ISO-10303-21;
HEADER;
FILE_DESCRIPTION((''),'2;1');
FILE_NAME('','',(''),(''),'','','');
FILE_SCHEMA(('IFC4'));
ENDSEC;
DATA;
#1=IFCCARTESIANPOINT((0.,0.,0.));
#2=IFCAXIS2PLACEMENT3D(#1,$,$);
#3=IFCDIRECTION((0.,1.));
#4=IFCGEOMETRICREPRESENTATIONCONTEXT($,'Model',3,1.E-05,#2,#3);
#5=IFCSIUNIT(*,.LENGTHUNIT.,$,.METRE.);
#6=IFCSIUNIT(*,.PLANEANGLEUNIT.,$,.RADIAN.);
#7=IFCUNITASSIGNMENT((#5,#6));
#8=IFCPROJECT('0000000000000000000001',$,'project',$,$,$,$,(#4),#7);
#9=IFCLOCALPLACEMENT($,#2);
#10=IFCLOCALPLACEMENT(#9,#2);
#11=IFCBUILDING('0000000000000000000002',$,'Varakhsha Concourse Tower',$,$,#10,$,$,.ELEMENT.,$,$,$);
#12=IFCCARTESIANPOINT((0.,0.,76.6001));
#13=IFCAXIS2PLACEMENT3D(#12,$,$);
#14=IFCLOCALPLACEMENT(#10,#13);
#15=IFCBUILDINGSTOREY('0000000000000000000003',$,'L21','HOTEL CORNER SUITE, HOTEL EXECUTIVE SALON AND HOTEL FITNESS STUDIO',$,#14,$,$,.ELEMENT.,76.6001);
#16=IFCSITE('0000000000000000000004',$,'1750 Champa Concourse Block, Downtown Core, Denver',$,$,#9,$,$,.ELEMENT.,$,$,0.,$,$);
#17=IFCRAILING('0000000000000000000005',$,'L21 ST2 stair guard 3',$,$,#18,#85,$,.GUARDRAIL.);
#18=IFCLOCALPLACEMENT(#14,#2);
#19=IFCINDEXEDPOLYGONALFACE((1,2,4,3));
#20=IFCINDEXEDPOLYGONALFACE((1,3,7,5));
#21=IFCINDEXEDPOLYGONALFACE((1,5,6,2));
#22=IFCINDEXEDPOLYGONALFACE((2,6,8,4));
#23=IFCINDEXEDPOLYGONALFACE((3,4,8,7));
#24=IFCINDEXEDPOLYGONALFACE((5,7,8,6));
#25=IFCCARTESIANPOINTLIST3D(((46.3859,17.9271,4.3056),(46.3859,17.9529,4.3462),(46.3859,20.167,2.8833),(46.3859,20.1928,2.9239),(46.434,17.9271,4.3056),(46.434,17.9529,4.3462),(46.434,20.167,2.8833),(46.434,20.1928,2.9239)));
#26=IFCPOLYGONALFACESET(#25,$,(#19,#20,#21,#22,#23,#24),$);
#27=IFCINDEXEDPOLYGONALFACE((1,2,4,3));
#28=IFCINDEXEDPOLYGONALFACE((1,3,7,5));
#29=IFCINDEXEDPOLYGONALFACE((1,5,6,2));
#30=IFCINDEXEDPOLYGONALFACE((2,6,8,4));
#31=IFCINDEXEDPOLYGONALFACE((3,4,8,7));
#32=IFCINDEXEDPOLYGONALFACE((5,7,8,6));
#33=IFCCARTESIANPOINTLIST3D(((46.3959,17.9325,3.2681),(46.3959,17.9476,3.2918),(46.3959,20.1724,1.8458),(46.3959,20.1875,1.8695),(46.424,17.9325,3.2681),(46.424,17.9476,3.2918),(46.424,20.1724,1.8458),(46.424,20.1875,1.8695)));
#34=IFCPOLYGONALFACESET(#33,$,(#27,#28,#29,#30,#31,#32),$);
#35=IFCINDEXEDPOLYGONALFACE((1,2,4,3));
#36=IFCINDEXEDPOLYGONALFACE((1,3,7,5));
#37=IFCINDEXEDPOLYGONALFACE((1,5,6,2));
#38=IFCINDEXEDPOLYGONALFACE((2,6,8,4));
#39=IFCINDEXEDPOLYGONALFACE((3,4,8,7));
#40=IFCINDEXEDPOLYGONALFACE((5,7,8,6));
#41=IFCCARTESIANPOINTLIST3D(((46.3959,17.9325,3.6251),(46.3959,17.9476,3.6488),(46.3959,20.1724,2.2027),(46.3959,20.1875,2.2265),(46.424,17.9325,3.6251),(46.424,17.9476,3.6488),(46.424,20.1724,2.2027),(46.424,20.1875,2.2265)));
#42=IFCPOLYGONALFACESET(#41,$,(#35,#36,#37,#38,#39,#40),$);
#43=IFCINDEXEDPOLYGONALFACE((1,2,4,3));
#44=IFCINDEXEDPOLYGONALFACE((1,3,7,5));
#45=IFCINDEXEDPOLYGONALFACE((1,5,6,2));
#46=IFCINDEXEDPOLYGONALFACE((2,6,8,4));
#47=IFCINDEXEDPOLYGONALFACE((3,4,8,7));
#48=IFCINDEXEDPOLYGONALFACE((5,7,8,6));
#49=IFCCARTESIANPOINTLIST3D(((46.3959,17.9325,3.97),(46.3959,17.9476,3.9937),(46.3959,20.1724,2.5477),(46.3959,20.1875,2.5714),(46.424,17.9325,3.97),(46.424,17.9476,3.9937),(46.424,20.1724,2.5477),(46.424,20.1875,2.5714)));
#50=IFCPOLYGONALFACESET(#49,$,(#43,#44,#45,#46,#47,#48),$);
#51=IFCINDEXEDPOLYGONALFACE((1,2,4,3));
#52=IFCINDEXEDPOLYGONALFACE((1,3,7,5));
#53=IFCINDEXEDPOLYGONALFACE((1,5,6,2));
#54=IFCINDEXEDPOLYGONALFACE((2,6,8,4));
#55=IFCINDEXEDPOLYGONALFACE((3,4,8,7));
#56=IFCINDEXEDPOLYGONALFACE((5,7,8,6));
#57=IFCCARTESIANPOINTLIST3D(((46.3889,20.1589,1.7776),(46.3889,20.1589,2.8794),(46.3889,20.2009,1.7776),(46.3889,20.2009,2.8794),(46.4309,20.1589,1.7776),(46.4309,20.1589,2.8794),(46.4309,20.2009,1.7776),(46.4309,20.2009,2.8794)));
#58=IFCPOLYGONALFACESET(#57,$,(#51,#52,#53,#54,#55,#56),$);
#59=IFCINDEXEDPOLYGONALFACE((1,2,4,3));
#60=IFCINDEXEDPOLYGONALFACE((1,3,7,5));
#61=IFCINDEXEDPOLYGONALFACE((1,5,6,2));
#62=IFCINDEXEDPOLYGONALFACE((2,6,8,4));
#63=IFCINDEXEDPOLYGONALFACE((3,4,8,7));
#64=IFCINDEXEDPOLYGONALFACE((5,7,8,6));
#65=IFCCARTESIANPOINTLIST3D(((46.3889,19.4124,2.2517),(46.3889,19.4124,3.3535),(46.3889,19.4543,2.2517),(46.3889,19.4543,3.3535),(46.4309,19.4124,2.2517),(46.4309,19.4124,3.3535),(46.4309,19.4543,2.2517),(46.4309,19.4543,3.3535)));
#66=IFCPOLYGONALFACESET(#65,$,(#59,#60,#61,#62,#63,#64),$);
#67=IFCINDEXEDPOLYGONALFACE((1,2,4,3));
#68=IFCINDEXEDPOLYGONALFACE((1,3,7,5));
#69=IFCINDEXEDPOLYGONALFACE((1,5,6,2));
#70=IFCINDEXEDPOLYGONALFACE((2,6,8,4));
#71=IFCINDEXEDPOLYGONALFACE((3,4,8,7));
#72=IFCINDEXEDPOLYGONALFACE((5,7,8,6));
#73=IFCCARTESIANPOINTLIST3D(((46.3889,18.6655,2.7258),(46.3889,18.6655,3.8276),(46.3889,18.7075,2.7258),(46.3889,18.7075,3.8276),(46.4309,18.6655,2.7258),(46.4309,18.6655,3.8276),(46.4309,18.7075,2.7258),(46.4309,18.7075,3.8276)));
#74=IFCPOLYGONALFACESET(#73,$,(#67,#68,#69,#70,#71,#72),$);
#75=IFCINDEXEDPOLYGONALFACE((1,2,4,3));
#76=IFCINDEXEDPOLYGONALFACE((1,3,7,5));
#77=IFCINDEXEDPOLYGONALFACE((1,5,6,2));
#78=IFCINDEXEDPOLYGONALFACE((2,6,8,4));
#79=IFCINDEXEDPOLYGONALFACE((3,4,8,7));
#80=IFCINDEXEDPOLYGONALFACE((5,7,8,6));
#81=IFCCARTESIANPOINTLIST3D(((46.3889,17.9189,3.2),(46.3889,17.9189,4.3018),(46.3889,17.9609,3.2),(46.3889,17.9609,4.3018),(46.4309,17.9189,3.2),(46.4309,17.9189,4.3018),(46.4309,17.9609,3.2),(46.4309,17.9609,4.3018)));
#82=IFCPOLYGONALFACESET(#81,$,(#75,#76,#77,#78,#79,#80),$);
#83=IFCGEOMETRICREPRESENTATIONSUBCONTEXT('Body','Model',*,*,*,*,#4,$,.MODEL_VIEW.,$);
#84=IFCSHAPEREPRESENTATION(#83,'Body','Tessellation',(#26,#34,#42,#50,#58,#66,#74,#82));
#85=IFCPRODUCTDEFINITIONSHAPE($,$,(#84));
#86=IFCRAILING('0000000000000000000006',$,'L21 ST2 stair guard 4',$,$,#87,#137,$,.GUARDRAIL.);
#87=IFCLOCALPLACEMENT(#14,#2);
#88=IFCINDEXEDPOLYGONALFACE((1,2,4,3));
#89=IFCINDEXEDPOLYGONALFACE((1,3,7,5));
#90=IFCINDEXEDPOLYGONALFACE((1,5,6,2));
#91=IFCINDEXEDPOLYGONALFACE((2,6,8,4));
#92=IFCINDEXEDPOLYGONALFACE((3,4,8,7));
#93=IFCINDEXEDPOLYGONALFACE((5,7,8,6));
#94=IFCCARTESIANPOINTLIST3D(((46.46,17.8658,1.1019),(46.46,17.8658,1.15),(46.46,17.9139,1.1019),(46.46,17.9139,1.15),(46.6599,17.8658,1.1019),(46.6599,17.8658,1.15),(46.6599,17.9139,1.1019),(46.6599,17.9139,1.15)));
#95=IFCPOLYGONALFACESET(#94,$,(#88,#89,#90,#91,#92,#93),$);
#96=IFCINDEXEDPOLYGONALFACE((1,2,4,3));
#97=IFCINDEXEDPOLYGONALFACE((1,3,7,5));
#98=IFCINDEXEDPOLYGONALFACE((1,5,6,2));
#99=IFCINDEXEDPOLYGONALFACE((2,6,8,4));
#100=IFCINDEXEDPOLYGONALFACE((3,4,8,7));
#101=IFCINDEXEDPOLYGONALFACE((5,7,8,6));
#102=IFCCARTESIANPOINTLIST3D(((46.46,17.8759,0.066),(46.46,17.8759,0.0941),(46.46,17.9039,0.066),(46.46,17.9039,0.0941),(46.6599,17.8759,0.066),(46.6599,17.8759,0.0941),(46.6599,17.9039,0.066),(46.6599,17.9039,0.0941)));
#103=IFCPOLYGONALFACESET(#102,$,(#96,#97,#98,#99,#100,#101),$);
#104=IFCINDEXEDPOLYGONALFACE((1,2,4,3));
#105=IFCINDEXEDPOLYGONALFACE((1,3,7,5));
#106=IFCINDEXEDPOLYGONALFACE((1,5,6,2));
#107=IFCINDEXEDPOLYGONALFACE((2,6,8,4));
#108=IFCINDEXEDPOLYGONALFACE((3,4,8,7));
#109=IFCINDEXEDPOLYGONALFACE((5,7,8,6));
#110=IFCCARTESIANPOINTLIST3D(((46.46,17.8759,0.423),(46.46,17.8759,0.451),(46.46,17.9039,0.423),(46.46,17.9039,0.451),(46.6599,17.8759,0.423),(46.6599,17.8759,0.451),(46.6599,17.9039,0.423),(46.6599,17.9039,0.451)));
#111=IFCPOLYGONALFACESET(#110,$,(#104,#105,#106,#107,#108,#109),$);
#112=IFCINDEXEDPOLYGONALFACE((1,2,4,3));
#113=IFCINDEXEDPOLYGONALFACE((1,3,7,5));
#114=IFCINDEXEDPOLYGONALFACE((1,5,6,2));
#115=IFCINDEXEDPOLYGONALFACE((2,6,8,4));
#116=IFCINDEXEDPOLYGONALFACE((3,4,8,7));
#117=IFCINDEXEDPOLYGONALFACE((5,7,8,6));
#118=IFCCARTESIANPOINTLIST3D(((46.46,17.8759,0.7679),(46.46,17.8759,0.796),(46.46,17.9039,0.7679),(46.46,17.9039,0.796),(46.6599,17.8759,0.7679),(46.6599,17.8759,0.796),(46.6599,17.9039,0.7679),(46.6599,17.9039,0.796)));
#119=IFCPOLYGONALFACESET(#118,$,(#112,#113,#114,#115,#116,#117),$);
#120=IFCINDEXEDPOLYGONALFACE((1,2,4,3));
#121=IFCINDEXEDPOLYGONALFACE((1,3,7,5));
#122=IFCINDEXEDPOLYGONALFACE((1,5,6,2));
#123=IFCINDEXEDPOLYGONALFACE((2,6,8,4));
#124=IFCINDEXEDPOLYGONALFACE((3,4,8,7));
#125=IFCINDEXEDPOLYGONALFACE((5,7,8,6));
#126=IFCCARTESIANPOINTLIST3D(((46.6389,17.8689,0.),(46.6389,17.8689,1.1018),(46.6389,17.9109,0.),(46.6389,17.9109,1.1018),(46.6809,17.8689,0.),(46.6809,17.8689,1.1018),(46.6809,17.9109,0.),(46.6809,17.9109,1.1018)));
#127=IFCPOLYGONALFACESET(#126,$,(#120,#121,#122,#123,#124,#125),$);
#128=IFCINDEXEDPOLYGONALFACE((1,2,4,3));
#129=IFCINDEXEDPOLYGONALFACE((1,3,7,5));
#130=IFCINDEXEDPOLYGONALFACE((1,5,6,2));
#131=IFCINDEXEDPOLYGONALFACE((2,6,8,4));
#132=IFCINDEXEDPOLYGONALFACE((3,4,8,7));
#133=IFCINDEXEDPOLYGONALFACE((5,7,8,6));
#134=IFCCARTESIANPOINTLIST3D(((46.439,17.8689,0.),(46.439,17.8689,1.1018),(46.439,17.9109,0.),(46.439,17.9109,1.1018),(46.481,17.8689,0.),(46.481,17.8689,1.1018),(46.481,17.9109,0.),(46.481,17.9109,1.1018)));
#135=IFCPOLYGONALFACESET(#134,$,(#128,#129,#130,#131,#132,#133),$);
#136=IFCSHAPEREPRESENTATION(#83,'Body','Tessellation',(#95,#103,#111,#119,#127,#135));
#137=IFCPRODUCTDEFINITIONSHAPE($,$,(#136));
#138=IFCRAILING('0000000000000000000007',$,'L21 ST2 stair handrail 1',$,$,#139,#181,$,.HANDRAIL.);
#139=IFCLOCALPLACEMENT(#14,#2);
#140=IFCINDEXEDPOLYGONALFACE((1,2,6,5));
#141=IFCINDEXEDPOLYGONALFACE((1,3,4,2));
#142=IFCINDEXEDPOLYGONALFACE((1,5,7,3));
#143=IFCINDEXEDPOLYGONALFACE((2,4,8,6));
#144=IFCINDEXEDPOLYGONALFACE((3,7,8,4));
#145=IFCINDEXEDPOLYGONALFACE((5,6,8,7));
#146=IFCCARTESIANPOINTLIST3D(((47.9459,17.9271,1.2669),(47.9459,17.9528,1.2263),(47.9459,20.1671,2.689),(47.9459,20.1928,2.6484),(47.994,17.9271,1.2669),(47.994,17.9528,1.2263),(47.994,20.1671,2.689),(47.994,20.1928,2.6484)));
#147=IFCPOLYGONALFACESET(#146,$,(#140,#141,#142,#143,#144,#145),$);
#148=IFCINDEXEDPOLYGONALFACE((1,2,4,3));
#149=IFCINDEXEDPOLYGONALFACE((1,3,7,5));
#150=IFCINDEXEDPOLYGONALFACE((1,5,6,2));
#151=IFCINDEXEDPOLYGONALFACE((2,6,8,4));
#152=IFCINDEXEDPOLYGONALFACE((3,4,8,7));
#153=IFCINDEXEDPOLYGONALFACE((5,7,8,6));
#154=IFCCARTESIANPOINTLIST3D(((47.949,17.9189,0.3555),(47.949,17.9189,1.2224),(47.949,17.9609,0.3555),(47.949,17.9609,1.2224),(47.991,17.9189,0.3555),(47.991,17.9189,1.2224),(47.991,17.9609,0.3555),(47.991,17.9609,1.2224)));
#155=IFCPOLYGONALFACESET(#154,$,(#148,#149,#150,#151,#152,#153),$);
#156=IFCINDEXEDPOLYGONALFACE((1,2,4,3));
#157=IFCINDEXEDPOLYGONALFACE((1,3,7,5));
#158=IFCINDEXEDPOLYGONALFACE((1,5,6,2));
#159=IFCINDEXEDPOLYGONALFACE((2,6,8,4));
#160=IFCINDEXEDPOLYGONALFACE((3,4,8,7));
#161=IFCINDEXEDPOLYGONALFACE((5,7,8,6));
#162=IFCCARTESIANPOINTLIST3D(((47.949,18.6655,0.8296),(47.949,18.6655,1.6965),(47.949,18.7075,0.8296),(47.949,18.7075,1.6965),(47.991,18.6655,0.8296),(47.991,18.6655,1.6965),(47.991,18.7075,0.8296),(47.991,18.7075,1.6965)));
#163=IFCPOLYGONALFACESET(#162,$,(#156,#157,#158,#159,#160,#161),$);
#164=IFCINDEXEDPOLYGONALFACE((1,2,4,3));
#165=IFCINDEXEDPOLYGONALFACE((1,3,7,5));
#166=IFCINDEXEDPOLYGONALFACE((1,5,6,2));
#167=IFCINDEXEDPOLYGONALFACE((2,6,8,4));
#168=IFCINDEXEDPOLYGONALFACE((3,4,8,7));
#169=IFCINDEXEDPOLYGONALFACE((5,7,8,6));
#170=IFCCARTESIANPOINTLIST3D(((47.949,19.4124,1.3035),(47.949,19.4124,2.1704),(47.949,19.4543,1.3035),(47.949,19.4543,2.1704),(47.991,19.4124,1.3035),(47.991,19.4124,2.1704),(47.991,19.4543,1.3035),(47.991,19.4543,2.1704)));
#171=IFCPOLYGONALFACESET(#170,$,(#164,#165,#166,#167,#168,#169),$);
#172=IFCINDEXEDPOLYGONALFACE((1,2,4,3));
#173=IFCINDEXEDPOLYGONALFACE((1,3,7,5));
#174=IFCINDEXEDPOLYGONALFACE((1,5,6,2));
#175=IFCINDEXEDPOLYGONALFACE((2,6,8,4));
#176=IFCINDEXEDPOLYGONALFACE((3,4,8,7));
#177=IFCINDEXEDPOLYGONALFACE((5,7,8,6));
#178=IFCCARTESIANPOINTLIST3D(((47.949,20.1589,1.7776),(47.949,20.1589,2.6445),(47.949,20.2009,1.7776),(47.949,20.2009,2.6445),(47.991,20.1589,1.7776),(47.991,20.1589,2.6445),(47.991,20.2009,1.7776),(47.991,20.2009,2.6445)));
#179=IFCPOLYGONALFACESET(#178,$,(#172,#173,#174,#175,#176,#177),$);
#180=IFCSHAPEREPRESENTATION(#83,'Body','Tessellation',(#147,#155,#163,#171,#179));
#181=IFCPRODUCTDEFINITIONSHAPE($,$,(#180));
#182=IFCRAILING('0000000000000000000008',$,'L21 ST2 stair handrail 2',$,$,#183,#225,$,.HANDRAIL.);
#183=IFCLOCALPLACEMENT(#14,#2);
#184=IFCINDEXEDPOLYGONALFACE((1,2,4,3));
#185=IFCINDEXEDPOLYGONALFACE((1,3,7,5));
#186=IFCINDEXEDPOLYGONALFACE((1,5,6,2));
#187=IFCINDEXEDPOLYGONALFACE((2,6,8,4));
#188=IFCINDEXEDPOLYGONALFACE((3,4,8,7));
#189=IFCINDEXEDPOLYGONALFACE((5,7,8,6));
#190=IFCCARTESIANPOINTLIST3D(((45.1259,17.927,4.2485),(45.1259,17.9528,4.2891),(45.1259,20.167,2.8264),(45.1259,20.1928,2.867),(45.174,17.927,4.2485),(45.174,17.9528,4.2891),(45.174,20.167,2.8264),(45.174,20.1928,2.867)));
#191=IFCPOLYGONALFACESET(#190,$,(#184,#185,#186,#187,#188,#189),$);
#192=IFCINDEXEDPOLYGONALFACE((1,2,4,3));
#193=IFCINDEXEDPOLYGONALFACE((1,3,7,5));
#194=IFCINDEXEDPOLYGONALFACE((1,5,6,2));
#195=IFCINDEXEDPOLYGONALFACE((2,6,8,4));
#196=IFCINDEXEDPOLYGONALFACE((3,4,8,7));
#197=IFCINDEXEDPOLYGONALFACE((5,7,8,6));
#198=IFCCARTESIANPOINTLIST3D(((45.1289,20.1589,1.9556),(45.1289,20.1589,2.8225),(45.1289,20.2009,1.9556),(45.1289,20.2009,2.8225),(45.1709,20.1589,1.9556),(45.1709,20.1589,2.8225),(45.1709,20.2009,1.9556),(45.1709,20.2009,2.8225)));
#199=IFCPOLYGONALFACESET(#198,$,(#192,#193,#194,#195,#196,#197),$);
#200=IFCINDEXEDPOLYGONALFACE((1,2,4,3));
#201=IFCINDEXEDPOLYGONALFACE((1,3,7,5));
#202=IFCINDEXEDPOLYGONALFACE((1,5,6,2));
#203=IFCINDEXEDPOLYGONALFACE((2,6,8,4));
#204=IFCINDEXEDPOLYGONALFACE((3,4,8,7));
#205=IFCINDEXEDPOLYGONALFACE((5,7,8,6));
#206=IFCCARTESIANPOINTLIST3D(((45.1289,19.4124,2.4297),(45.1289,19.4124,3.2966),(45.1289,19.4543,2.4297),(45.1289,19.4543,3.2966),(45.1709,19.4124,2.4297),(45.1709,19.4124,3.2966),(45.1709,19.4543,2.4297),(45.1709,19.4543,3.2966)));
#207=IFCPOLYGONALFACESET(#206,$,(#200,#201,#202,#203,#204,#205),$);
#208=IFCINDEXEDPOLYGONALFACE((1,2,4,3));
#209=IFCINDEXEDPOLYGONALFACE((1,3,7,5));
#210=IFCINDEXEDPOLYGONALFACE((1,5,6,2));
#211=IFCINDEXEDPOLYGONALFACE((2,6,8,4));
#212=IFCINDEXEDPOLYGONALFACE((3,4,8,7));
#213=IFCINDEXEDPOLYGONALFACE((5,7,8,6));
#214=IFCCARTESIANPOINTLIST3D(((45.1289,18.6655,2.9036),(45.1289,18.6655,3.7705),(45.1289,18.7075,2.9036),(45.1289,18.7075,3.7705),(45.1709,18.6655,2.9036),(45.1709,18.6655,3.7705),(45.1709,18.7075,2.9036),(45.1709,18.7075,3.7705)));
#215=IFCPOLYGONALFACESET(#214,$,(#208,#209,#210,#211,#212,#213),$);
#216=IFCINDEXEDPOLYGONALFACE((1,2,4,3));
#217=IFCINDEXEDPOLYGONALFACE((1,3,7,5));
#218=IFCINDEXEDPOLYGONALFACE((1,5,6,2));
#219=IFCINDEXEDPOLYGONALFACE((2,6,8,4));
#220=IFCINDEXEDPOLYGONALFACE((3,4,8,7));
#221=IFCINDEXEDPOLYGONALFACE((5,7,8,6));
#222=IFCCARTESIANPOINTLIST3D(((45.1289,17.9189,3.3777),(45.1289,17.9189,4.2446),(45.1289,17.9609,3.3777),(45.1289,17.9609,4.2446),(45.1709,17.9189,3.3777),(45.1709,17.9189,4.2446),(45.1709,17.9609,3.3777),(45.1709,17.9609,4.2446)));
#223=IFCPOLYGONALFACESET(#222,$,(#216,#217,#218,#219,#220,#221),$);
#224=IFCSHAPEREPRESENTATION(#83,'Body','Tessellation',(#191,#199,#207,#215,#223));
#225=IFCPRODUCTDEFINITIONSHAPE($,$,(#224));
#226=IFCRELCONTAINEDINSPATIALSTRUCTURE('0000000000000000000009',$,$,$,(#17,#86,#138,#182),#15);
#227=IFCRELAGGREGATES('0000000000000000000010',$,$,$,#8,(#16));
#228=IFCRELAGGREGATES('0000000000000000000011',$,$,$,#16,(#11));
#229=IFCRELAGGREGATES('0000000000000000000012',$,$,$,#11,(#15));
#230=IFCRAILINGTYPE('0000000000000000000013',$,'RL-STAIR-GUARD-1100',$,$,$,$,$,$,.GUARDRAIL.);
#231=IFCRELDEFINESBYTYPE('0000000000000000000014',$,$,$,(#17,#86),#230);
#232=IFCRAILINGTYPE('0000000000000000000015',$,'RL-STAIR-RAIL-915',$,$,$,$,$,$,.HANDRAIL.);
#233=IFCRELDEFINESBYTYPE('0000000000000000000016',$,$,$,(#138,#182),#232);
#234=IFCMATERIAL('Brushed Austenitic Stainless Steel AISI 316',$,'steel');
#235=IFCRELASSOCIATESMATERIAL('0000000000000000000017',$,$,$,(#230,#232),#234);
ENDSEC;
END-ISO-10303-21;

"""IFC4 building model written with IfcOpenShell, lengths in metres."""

from ifc_helpers import new_model, si_unit, direction, frame, origin, origin_2d, place, context, subcontext, project, spatial, rectangle, extrude, material, type_object, element, save


model = new_model("IFC4")

# Units and contexts
model_context = context("Model", 3, precision=1e-05, world=origin(), true_north=direction((0.0, 1.0)))
body_context = subcontext(model_context, "Body", "Model", "MODEL_VIEW")
ifc_project = project(units=[si_unit("LENGTHUNIT", "METRE"), si_unit("PLANEANGLEUNIT", "RADIAN")], contexts=[model_context])

# Site, building, storey
site_placement = place(None, origin())
site = spatial("IfcSite", under=ifc_project, at=site_placement, Name="1750 Champa Concourse Block, Downtown Core, Denver", CompositionType="ELEMENT", RefElevation=0.0)
building_placement = place(site_placement, origin())
building = spatial("IfcBuilding", under=site, at=building_placement, Name="Varakhsha Concourse Tower", CompositionType="ELEMENT")
storey_placement = place(building_placement, frame((0.0, 0.0, 76.6001)))
storey = spatial("IfcBuildingStorey", under=building, at=storey_placement, Name="L21", Description="HOTEL CORNER SUITE, HOTEL EXECUTIVE SALON AND HOTEL FITNESS STUDIO", CompositionType="ELEMENT", Elevation=76.6001)

# Railings
ifc_material_1 = material(Name="Brushed Austenitic Stainless Steel AISI 316", Category="steel")
railing_type_1 = type_object("IfcRailingType", Name="RL-STAIR-GUARD-1100", PredefinedType="GUARDRAIL", material=ifc_material_1)
railing_1_placement = place(storey_placement, frame((46.4099, 20.1799, 1.7776)))
element("IfcRailing", 1, at=railing_1_placement, inside=storey, type_object=railing_type_1, Name="L21 ST2 stair guard 3", PredefinedType="GUARDRAIL", context=body_context, shape_type="SweptSolid", body=[
    extrude(rectangle(XDim=0.0481, YDim=0.0481, at=origin_2d()), frame((0.0, 0.0, 1.126), z_axis=(0.0, -0.844188, 0.536048), x_axis=(1.0, 0.0, 0.0)), (0.0, 0.0, 1.0), 2.6533),
    extrude(rectangle(XDim=0.0281, YDim=0.0281, at=origin_2d()), frame((0.0, 0.0, 0.0801), z_axis=(0.0, -0.844188, 0.536048), x_axis=(1.0, 0.0, 0.0)), (0.0, 0.0, 1.0), 2.6533),
    extrude(rectangle(XDim=0.0281, YDim=0.0281, at=origin_2d()), frame((0.0, 0.0, 0.437), z_axis=(0.0, -0.844188, 0.536048), x_axis=(1.0, 0.0, 0.0)), (0.0, 0.0, 1.0), 2.6533),
    extrude(rectangle(XDim=0.0281, YDim=0.0281, at=origin_2d()), frame((0.0, 0.0, 0.782), z_axis=(0.0, -0.844188, 0.536048), x_axis=(1.0, 0.0, 0.0)), (0.0, 0.0, 1.0), 2.6533),
    extrude(rectangle(XDim=0.042, YDim=0.042, at=origin_2d()), origin(), (0.0, 0.0, 1.0), 1.1018),
    extrude(rectangle(XDim=0.042, YDim=0.042, at=origin_2d()), frame((0.0, -0.7466, 0.4741)), (0.0, 0.0, 1.0), 1.1018),
    extrude(rectangle(XDim=0.042, YDim=0.042, at=origin_2d()), frame((0.0, -1.4934, 0.9482)), (0.0, 0.0, 1.0), 1.1018),
    extrude(rectangle(XDim=0.042, YDim=0.042, at=origin_2d()), frame((0.0, -2.24, 1.4224)), (0.0, 0.0, 1.0), 1.1018),
])
railing_2_placement = place(storey_placement, frame((46.6599, 17.8899, 0.0)))
element("IfcRailing", 2, at=railing_2_placement, inside=storey, type_object=railing_type_1, Name="L21 ST2 stair guard 4", PredefinedType="GUARDRAIL", context=body_context, shape_type="SweptSolid", body=[
    extrude(rectangle(XDim=0.0481, YDim=0.0481, at=origin_2d()), frame((0.0, 0.0, 1.126), z_axis=(-1.0, 0.0, 0.0), x_axis=(0.0, -1.0, 0.0)), (0.0, 0.0, 1.0), 0.2),
    extrude(rectangle(XDim=0.0281, YDim=0.0281, at=origin_2d()), frame((0.0, 0.0, 0.0801), z_axis=(-1.0, 0.0, 0.0), x_axis=(0.0, -1.0, 0.0)), (0.0, 0.0, 1.0), 0.2),
    extrude(rectangle(XDim=0.0281, YDim=0.0281, at=origin_2d()), frame((0.0, 0.0, 0.437), z_axis=(-1.0, 0.0, 0.0), x_axis=(0.0, -1.0, 0.0)), (0.0, 0.0, 1.0), 0.2),
    extrude(rectangle(XDim=0.0281, YDim=0.0281, at=origin_2d()), frame((0.0, 0.0, 0.782), z_axis=(-1.0, 0.0, 0.0), x_axis=(0.0, -1.0, 0.0)), (0.0, 0.0, 1.0), 0.2),
    extrude(rectangle(XDim=0.042, YDim=0.042, at=origin_2d()), origin(), (0.0, 0.0, 1.0), 1.1018),
    extrude(rectangle(XDim=0.042, YDim=0.042, at=origin_2d()), frame((-0.2, 0.0, 0.0)), (0.0, 0.0, 1.0), 1.1018),
])
railing_type_2 = type_object("IfcRailingType", Name="RL-STAIR-RAIL-915", PredefinedType="HANDRAIL", material=ifc_material_1)
railing_3_placement = place(storey_placement, frame((47.97, 17.9399, 0.3555)))
element("IfcRailing", 3, at=railing_3_placement, inside=storey, type_object=railing_type_2, Name="L21 ST2 stair handrail 1", PredefinedType="HANDRAIL", context=body_context, shape_type="SweptSolid", body=[
    extrude(rectangle(XDim=0.0481, YDim=0.0481, at=origin_2d()), frame((0.0, 0.0, 0.8911), z_axis=(0.0, 0.844229, 0.535982), x_axis=(-1.0, 0.0, 0.0)), (0.0, 0.0, 1.0), 2.6533),
    extrude(rectangle(XDim=0.042, YDim=0.042, at=origin_2d()), origin(), (0.0, 0.0, 1.0), 0.8669),
    extrude(rectangle(XDim=0.042, YDim=0.042, at=origin_2d()), frame((0.0, 0.7466, 0.4741)), (0.0, 0.0, 1.0), 0.8669),
    extrude(rectangle(XDim=0.042, YDim=0.042, at=origin_2d()), frame((0.0, 1.4934, 0.948)), (0.0, 0.0, 1.0), 0.8669),
    extrude(rectangle(XDim=0.042, YDim=0.042, at=origin_2d()), frame((0.0, 2.24, 1.4221)), (0.0, 0.0, 1.0), 0.8669),
])
railing_4_placement = place(storey_placement, frame((45.1499, 20.1799, 1.9556)))
element("IfcRailing", 4, at=railing_4_placement, inside=storey, type_object=railing_type_2, Name="L21 ST2 stair handrail 2", PredefinedType="HANDRAIL", context=body_context, shape_type="SweptSolid", body=[
    extrude(rectangle(XDim=0.0481, YDim=0.0481, at=origin_2d()), frame((0.0, 0.0, 0.8911), z_axis=(0.0, -0.844229, 0.535982), x_axis=(1.0, 0.0, 0.0)), (0.0, 0.0, 1.0), 2.6533),
    extrude(rectangle(XDim=0.042, YDim=0.042, at=origin_2d()), origin(), (0.0, 0.0, 1.0), 0.8669),
    extrude(rectangle(XDim=0.042, YDim=0.042, at=origin_2d()), frame((0.0, -0.7466, 0.4741)), (0.0, 0.0, 1.0), 0.8669),
    extrude(rectangle(XDim=0.042, YDim=0.042, at=origin_2d()), frame((0.0, -1.4934, 0.948)), (0.0, 0.0, 1.0), 0.8669),
    extrude(rectangle(XDim=0.042, YDim=0.042, at=origin_2d()), frame((0.0, -2.24, 1.4221)), (0.0, 0.0, 1.0), 0.8669),
])

save(model, "model.ifc")
